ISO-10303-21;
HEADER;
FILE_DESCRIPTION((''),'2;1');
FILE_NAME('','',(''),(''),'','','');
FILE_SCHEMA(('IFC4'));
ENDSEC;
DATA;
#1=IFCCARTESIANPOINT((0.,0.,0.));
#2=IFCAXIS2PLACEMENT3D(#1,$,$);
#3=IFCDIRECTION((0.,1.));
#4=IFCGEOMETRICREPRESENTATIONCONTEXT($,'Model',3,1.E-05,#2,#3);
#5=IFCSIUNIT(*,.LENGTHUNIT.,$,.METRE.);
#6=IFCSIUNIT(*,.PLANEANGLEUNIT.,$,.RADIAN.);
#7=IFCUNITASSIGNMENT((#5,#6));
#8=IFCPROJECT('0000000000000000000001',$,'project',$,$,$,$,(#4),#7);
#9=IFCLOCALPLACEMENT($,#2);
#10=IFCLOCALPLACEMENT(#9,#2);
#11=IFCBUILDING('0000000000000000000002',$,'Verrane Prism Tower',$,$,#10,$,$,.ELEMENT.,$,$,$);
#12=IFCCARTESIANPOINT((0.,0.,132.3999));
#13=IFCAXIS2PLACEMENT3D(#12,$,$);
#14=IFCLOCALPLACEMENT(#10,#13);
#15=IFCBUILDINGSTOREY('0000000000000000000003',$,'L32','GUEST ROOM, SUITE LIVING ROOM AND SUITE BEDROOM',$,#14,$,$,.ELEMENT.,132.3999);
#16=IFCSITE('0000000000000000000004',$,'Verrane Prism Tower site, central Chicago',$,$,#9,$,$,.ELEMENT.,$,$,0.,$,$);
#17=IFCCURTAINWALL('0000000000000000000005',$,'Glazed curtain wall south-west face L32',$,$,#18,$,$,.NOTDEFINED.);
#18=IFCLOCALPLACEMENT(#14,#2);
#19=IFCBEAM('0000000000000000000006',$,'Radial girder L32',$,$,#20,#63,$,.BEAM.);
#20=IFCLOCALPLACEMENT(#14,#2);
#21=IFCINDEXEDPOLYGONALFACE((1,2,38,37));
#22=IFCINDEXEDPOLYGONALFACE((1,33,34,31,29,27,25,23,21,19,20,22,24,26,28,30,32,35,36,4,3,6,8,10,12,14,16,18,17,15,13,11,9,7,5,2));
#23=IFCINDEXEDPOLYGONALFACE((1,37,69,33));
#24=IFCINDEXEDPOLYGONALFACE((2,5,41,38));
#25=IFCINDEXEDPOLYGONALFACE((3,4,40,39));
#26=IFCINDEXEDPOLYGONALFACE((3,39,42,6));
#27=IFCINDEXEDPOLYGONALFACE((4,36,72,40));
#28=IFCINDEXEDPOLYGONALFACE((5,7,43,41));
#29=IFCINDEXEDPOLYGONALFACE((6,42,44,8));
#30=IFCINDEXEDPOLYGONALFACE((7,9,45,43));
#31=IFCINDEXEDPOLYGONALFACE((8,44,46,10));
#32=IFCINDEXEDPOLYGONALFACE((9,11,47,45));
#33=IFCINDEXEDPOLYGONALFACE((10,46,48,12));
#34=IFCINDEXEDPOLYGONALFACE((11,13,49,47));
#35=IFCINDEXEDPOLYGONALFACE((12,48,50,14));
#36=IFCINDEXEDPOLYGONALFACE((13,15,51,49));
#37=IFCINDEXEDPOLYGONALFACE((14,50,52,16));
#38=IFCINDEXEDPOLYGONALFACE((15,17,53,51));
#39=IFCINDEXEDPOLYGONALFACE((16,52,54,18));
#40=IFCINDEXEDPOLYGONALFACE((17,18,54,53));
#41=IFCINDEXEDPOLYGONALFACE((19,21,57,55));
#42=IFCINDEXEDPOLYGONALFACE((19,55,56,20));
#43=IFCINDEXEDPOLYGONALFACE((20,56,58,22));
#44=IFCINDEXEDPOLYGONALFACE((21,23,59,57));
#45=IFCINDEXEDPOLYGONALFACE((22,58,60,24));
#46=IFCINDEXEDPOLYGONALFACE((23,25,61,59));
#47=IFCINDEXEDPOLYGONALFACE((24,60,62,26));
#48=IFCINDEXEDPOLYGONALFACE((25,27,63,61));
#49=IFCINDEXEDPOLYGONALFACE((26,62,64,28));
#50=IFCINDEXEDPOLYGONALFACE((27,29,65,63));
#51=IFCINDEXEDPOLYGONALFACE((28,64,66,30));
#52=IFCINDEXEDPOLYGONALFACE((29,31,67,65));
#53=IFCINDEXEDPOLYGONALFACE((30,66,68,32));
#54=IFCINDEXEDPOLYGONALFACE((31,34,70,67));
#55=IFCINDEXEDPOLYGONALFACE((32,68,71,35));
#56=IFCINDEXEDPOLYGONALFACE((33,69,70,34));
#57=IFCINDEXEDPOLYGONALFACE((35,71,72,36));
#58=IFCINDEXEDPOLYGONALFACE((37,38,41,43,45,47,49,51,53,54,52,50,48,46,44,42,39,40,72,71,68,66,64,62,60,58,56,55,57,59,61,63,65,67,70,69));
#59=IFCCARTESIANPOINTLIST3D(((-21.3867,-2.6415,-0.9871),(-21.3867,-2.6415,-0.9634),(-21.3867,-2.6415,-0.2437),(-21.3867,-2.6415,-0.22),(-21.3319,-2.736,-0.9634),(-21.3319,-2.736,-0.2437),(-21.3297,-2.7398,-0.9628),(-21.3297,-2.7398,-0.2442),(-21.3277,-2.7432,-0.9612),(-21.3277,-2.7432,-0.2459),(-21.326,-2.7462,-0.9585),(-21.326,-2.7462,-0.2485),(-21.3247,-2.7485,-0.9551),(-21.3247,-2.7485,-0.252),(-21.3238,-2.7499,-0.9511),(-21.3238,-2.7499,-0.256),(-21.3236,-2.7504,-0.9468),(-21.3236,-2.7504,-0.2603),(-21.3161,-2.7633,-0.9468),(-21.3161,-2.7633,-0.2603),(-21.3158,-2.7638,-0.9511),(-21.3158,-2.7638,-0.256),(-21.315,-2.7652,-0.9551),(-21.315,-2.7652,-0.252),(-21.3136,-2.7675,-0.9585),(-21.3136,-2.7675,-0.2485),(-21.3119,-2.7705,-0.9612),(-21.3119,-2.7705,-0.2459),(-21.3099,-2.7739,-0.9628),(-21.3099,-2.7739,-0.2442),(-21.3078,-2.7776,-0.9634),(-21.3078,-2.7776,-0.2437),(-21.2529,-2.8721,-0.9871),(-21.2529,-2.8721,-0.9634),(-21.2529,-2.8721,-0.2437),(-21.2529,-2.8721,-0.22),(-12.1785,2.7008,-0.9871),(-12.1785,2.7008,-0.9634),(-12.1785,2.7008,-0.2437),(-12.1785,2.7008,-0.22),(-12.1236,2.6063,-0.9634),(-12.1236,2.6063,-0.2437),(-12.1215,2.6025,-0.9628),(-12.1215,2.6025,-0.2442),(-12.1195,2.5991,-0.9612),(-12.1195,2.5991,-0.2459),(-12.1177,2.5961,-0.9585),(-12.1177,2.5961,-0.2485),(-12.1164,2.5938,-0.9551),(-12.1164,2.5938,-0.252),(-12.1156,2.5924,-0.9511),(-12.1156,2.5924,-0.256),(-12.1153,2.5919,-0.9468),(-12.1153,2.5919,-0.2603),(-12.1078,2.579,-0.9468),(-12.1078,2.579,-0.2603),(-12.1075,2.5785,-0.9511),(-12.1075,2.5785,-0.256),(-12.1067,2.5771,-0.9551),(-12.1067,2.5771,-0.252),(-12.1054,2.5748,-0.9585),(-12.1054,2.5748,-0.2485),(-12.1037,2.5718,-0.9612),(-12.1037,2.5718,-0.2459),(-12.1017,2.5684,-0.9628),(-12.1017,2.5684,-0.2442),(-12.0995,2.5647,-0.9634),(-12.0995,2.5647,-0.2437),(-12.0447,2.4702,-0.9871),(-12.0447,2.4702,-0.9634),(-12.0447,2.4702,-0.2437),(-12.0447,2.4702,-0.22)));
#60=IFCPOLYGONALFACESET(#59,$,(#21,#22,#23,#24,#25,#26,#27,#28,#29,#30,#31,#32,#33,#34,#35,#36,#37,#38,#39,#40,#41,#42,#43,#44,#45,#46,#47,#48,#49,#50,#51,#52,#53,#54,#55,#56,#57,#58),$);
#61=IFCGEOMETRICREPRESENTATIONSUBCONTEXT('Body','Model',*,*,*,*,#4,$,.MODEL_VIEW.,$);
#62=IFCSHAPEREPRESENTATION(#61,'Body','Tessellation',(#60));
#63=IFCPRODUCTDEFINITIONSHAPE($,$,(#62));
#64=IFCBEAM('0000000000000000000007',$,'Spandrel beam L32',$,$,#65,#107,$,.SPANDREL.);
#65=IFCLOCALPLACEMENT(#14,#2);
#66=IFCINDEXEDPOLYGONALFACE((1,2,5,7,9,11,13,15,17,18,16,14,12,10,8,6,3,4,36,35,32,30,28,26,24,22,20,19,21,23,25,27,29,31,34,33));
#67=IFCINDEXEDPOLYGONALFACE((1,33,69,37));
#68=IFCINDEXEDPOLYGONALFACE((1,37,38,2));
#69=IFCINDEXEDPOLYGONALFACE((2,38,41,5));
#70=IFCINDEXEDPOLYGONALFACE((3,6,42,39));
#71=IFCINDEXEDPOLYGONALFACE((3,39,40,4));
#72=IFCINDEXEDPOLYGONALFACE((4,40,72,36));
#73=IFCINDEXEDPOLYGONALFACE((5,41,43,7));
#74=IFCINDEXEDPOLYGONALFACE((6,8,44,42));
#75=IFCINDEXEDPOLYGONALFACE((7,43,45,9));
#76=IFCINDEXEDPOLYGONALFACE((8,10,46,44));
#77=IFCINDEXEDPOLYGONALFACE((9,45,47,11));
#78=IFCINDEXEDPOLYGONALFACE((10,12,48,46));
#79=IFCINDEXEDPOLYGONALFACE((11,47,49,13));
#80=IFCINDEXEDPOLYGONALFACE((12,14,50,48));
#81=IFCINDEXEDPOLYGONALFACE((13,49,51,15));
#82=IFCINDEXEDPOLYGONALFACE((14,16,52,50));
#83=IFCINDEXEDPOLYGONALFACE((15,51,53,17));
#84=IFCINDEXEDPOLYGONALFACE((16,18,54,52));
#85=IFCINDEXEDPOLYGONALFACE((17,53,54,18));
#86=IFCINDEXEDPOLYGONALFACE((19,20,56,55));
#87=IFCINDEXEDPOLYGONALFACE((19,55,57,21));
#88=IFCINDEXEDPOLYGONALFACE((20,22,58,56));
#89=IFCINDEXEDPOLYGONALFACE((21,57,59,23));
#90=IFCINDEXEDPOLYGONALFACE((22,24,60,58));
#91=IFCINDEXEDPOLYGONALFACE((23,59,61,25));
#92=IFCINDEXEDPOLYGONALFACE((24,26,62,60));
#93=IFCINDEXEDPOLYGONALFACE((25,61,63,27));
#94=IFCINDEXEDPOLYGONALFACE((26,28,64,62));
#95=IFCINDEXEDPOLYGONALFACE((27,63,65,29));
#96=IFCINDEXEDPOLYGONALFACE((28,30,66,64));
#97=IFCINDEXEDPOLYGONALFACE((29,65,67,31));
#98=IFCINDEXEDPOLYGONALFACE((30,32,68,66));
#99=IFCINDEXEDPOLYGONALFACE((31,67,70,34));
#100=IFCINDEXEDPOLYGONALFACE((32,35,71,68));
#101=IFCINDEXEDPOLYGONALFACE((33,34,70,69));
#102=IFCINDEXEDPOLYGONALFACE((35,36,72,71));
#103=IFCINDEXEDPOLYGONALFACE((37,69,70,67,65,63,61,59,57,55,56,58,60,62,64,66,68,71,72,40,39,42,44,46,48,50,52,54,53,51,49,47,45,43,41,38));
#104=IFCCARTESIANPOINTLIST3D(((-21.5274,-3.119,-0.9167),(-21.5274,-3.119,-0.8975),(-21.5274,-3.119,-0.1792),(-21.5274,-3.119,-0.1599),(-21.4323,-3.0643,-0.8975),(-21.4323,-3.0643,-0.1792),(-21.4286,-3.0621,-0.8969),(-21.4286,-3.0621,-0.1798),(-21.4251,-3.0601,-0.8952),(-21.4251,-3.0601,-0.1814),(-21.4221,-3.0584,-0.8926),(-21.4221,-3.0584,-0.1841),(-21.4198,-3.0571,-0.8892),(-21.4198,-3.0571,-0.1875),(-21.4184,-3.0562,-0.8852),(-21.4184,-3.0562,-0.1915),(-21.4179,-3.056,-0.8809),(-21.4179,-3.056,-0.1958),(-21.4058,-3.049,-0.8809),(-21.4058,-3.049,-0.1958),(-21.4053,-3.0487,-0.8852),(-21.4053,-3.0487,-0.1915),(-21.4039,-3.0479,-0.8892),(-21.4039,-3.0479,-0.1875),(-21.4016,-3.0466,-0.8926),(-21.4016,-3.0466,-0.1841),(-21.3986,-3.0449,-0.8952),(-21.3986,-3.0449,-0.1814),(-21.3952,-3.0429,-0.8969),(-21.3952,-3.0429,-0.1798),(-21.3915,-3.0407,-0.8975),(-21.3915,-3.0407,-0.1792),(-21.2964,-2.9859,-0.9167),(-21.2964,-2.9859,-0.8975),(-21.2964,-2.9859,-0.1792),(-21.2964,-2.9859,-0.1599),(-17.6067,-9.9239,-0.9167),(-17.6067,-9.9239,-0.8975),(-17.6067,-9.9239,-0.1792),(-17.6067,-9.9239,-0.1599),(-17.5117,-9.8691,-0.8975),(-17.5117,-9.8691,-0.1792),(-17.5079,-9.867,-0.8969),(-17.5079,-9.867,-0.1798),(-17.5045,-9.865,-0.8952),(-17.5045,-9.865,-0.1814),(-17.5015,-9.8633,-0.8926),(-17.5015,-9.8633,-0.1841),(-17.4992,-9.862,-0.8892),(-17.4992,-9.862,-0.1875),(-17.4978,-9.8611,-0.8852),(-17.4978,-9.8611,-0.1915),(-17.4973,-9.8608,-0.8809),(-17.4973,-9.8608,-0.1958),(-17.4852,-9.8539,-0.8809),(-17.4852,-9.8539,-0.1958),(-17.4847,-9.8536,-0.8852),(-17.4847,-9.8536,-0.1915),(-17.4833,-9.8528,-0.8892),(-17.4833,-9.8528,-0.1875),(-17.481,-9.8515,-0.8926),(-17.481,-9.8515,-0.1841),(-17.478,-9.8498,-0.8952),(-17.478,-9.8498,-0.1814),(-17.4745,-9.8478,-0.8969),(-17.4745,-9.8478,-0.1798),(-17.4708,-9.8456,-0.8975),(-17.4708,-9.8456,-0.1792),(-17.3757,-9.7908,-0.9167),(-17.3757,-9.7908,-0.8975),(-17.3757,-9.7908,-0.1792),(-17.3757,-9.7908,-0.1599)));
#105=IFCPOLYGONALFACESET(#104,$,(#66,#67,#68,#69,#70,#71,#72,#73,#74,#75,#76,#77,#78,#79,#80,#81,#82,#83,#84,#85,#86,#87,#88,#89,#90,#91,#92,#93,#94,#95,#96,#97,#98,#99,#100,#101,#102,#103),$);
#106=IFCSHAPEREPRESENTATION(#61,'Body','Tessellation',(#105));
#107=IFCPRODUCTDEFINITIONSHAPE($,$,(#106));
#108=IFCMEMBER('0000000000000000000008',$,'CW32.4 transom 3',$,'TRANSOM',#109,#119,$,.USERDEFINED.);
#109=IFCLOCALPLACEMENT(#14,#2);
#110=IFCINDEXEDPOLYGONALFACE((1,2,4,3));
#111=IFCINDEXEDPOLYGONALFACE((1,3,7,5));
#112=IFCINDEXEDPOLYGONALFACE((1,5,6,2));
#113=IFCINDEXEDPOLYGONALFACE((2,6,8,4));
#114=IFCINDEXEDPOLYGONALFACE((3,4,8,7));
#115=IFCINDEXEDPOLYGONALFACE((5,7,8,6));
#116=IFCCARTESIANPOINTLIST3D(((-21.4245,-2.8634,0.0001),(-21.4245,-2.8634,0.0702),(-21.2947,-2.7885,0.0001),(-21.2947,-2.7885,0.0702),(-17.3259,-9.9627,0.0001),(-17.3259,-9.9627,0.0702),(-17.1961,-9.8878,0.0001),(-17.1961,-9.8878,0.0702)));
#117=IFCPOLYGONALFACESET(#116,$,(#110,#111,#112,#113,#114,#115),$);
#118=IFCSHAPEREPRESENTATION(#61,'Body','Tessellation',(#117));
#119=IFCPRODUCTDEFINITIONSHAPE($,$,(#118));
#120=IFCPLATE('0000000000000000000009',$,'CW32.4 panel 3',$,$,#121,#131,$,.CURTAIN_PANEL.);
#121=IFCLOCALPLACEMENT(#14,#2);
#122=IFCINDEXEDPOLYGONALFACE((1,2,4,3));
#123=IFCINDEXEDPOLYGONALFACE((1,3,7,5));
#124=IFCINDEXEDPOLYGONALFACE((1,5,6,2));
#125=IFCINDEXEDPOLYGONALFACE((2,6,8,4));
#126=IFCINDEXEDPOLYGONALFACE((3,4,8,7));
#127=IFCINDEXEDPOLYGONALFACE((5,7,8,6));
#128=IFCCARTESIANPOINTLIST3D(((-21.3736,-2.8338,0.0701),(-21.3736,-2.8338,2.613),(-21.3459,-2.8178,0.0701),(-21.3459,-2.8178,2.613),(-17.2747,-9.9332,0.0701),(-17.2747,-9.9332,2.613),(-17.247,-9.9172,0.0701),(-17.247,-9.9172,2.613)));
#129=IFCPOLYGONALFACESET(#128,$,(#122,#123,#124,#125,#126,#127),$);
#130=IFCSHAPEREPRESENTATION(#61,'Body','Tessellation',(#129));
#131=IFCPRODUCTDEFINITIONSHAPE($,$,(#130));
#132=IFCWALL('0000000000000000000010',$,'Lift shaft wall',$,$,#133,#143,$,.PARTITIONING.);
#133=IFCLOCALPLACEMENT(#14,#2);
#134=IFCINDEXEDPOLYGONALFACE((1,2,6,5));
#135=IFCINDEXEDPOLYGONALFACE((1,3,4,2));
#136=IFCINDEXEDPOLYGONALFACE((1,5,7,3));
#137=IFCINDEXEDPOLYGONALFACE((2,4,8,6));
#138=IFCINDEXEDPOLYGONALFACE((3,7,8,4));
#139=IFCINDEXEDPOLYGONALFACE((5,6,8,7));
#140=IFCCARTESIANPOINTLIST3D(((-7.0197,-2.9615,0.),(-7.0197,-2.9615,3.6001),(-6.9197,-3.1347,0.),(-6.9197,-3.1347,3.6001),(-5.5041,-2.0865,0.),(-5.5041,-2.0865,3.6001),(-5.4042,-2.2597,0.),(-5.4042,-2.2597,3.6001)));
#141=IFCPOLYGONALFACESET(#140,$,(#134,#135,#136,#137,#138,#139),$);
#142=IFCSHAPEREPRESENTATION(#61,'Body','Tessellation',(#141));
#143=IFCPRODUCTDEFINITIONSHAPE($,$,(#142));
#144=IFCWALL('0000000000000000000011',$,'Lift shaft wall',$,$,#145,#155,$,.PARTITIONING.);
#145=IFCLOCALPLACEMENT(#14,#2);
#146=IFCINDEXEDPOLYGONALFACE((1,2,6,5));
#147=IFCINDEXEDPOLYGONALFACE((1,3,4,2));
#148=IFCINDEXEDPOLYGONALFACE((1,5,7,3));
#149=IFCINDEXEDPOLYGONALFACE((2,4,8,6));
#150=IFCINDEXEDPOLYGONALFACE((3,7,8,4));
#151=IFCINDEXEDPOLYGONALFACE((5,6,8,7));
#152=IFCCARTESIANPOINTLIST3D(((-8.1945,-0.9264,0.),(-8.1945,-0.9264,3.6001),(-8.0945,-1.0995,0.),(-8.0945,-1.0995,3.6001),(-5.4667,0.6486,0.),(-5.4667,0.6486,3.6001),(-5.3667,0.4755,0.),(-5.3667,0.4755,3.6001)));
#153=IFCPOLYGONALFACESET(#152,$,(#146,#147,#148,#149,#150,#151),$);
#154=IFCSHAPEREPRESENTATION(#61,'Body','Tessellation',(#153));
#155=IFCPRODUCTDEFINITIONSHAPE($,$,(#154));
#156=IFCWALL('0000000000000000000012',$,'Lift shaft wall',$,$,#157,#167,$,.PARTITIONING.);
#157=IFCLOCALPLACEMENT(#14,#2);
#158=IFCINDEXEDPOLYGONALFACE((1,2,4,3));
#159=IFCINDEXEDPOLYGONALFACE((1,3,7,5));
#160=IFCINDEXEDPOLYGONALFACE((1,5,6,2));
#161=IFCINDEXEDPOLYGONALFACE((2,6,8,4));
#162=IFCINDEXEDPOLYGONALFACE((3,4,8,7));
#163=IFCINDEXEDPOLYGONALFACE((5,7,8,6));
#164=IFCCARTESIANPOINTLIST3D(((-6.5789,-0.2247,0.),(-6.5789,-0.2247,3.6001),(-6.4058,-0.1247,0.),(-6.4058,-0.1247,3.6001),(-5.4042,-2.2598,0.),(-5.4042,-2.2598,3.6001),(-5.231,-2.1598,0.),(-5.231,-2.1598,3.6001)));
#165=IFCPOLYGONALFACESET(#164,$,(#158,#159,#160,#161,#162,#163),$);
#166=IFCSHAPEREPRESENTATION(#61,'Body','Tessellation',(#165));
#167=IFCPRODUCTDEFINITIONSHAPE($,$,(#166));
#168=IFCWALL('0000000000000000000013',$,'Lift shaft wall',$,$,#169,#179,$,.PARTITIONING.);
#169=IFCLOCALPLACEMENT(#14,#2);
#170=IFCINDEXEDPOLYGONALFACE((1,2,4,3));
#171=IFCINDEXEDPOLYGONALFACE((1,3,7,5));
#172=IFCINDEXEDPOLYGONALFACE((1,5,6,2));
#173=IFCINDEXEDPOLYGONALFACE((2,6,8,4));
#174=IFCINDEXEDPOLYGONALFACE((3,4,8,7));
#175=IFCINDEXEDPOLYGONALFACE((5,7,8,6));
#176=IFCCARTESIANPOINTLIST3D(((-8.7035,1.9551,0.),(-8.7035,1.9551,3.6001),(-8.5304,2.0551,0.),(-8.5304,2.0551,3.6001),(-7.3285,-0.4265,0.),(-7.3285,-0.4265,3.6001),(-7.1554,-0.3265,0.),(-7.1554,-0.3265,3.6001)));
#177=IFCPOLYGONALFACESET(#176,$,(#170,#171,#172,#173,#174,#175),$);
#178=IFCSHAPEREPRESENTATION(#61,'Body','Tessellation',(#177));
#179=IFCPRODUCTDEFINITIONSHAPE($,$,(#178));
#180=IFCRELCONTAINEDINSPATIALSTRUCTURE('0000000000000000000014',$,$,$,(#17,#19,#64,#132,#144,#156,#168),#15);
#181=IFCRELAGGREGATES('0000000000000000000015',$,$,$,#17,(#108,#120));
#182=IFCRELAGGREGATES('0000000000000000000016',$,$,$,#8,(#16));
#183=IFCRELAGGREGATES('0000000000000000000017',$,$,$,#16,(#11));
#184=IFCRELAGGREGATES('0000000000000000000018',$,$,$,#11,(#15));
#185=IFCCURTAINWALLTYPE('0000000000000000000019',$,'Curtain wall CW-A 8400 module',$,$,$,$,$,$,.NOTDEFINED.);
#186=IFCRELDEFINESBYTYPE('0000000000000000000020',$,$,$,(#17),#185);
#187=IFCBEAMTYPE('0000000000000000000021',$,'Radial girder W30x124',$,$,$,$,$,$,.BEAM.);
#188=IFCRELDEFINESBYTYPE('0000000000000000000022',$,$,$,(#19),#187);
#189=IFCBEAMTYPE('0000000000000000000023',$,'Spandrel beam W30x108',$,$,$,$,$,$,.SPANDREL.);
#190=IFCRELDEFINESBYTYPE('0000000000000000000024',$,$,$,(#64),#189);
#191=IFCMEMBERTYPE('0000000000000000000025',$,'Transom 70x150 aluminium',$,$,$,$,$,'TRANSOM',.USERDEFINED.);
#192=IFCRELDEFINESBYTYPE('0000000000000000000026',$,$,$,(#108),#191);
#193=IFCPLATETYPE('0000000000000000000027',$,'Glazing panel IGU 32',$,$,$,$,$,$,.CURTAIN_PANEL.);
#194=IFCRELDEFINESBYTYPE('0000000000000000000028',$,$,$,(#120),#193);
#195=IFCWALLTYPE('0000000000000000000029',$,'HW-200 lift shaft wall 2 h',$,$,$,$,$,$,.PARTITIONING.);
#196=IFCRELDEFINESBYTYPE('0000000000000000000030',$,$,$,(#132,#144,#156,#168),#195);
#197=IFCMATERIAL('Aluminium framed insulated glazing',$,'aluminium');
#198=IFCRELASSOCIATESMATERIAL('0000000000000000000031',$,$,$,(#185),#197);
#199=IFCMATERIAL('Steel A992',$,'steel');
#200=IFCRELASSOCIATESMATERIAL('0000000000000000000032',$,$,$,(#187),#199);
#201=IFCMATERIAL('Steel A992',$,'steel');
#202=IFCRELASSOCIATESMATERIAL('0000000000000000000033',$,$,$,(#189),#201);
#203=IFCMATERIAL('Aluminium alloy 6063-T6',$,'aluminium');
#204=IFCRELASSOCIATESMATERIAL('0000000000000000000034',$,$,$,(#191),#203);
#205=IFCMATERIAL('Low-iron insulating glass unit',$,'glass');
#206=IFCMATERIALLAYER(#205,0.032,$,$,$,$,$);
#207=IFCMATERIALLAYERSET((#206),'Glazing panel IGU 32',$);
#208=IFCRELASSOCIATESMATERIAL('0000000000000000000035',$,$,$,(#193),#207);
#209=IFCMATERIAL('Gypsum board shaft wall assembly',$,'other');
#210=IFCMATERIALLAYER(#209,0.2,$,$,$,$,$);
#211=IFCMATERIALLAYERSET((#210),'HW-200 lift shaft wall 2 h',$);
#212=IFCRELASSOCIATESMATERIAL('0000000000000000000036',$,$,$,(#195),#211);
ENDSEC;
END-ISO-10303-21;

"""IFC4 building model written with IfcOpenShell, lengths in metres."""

from ifc_helpers import new_model, si_unit, direction, frame, frame_2d, origin, origin_2d, place, context, subcontext, project, spatial, rectangle, i_section, extrude, material, layer, layer_set, material_profile, profile_set, type_object, element, aggregate, save


model = new_model("IFC4")

# Units and contexts
model_context = context("Model", 3, precision=1e-05, world=origin(), true_north=direction((0.0, 1.0)))
body_context = subcontext(model_context, "Body", "Model", "MODEL_VIEW")
ifc_project = project(units=[si_unit("LENGTHUNIT", "METRE"), si_unit("PLANEANGLEUNIT", "RADIAN")], contexts=[model_context])

# Site, building, storey
site_placement = place(None, origin())
site = spatial("IfcSite", under=ifc_project, at=site_placement, Name="Verrane Prism Tower site, central Chicago", CompositionType="ELEMENT", RefElevation=0.0)
building_placement = place(site_placement, origin())
building = spatial("IfcBuilding", under=site, at=building_placement, Name="Verrane Prism Tower", CompositionType="ELEMENT")
storey_placement = place(building_placement, frame((0.0, 0.0, 132.3999)))
storey = spatial("IfcBuildingStorey", under=building, at=storey_placement, Name="L32", Description="GUEST ROOM, SUITE LIVING ROOM AND SUITE BEDROOM", CompositionType="ELEMENT", Elevation=132.3999)

# Curtain wall
ifc_material_1 = material(Name="Aluminium framed insulated glazing", Category="aluminium")
curtain_wall_type = type_object("IfcCurtainWallType", Name="Curtain wall CW-A 8400 module", PredefinedType="NOTDEFINED", material=ifc_material_1)
curtain_wall_placement = place(storey_placement, origin())
curtain_wall = element("IfcCurtainWall", 1, at=curtain_wall_placement, inside=storey, type_object=curtain_wall_type, Name="Glazed curtain wall south-west face L32", PredefinedType="NOTDEFINED")

# Beams
ifc_material_2 = material(Name="Steel A992", Category="steel")
ifc_material_profile_1 = material_profile(ifc_material_2, i_section(OverallWidth=0.2666, OverallDepth=0.7671, WebThickness=0.0149, FlangeThickness=0.0237, FilletRadius=0.0166, at=origin_2d()), Name="W30x124")
ifc_profile_set_1 = profile_set([ifc_material_profile_1], Name="Steel A992")
beam_type_1 = type_object("IfcBeamType", Name="Radial girder W30x124", PredefinedType="BEAM", material=ifc_profile_set_1)
beam_1_placement = place(storey_placement, frame((-21.3198, -2.7568, -0.6035), z_axis=(0.86497, 0.501823, 0.0), x_axis=(-0.501823, 0.86497, 0.0)))
element("IfcBeam", 2, at=beam_1_placement, inside=storey, type_object=beam_type_1, Name="Radial girder L32", PredefinedType="BEAM", context=body_context, shape_type="SweptSolid", body=[
    extrude(i_section(OverallWidth=0.2666, OverallDepth=0.7671, WebThickness=0.0149, FlangeThickness=0.0237, FilletRadius=0.0166, at=origin_2d()), origin(), (0.0, 0.0, 1.0), 10.6458),
])
ifc_material_3 = material(Name="Steel A992", Category="steel")
ifc_material_profile_2 = material_profile(ifc_material_3, i_section(OverallWidth=0.2666, OverallDepth=0.7568, WebThickness=0.0139, FlangeThickness=0.0193, FilletRadius=0.0166, at=origin_2d()), Name="W30x108")
ifc_profile_set_2 = profile_set([ifc_material_profile_2], Name="Steel A992")
beam_type_2 = type_object("IfcBeamType", Name="Spandrel beam W30x108", PredefinedType="SPANDREL", material=ifc_profile_set_2)
beam_2_placement = place(storey_placement, frame((-21.4119, -3.0525, -0.5383), z_axis=(0.499219, -0.866476, 0.0), x_axis=(0.866476, 0.499219, 0.0)))
element("IfcBeam", 3, at=beam_2_placement, inside=storey, type_object=beam_type_2, Name="Spandrel beam L32", PredefinedType="SPANDREL", context=body_context, shape_type="SweptSolid", body=[
    extrude(i_section(OverallWidth=0.2666, OverallDepth=0.7568, WebThickness=0.0139, FlangeThickness=0.0193, FilletRadius=0.0166, at=origin_2d()), origin(), (0.0, 0.0, 1.0), 7.8535),
])

# Member
ifc_material_4 = material(Name="Aluminium alloy 6063-T6", Category="aluminium")
ifc_material_profile_3 = material_profile(ifc_material_4, rectangle(XDim=0.1499, YDim=0.0701, at=origin_2d()), Name="Transom 70x150 aluminium")
ifc_profile_set_3 = profile_set([ifc_material_profile_3], Name="Aluminium alloy 6063-T6")
member_type_1 = type_object("IfcMemberType", Name="Transom 70x150 aluminium", ElementType="TRANSOM", PredefinedType="USERDEFINED", material=ifc_profile_set_3)
member_1_placement = place(storey_placement, frame((-21.3596, -2.8259, 0.0352), z_axis=(0.499983, -0.866035, 0.0), x_axis=(0.866035, 0.499983, 0.0)))
member_1 = element("IfcMember", 4, at=member_1_placement, type_object=member_type_1, Name="CW32.4 transom 3", ObjectType="TRANSOM", PredefinedType="USERDEFINED", context=body_context, shape_type="SweptSolid", body=[
    extrude(rectangle(XDim=0.1499, YDim=0.0701, at=origin_2d()), origin(), (0.0, 0.0, 1.0), 8.1975),
])

# Plate
ifc_material_5 = material(Name="Low-iron insulating glass unit", Category="glass")
ifc_layer_1 = layer(ifc_material_5, 0.032)
ifc_layer_set_1 = layer_set([ifc_layer_1], Name="Glazing panel IGU 32")
plate_type = type_object("IfcPlateType", Name="Glazing panel IGU 32", PredefinedType="CURTAIN_PANEL", material=ifc_layer_set_1)
plate_placement = place(storey_placement, frame((-19.3103, -6.3755, 0.0701), z_axis=(0.0, 0.0, 1.0), x_axis=(0.5, -0.866025, 0.0)))
plate = element("IfcPlate", 5, at=plate_placement, type_object=plate_type, Name="CW32.4 panel 3", PredefinedType="CURTAIN_PANEL", context=body_context, shape_type="SweptSolid", body=[
    extrude(rectangle(XDim=8.1978, YDim=0.032, at=origin_2d()), origin(), (0.0, 0.0, 1.0), 2.543),
])
aggregate(curtain_wall, [member_1, plate])

# Walls
ifc_material_6 = material(Name="Gypsum board shaft wall assembly", Category="other")
ifc_layer_2 = layer(ifc_material_6, 0.2)
ifc_layer_set_2 = layer_set([ifc_layer_2], Name="HW-200 lift shaft wall 2 h")
wall_type_1 = type_object("IfcWallType", Name="HW-200 lift shaft wall 2 h", PredefinedType="PARTITIONING", material=ifc_layer_set_2)
wall_1_placement = place(storey_placement, frame((-6.9697, -3.0481, 0.0), z_axis=(0.0, 0.0, 1.0), x_axis=(0.866037, 0.49998, 0.0)))
element("IfcWall", 6, at=wall_1_placement, inside=storey, type_object=wall_type_1, Name="Lift shaft wall", PredefinedType="PARTITIONING", context=body_context, shape_type="SweptSolid", body=[
    extrude(rectangle(XDim=1.75, YDim=0.2, at=frame_2d((0.875, 0.0))), origin(), (0.0, 0.0, 1.0), 3.6001),
])
wall_2_placement = place(storey_placement, frame((-8.1445, -1.0129, 0.0), z_axis=(0.0, 0.0, 1.0), x_axis=(0.866016, 0.500015, 0.0)))
element("IfcWall", 7, at=wall_2_placement, inside=storey, type_object=wall_type_1, Name="Lift shaft wall", PredefinedType="PARTITIONING", context=body_context, shape_type="SweptSolid", body=[
    extrude(rectangle(XDim=3.1499, YDim=0.2, at=frame_2d((1.575, 0.0))), origin(), (0.0, 0.0, 1.0), 3.6001),
])
wall_3_placement = place(storey_placement, frame((-5.3176, -2.2097, 0.0), z_axis=(0.0, 0.0, 1.0), x_axis=(-0.499938, 0.866061, 0.0)))
element("IfcWall", 8, at=wall_3_placement, inside=storey, type_object=wall_type_1, Name="Lift shaft wall", PredefinedType="PARTITIONING", context=body_context, shape_type="SweptSolid", body=[
    extrude(rectangle(XDim=2.3499, YDim=0.2, at=frame_2d((1.1748, 0.0))), origin(), (0.0, 0.0, 1.0), 3.6001),
])
wall_4_placement = place(storey_placement, frame((-7.2419, -0.3765, 0.0), z_axis=(0.0, 0.0, 1.0), x_axis=(-0.499997, 0.866027, 0.0)))
element("IfcWall", 9, at=wall_4_placement, inside=storey, type_object=wall_type_1, Name="Lift shaft wall", PredefinedType="PARTITIONING", context=body_context, shape_type="SweptSolid", body=[
    extrude(rectangle(XDim=2.75, YDim=0.2, at=frame_2d((1.375, 0.0))), origin(), (0.0, 0.0, 1.0), 3.6001),
])

save(model, "model.ifc")
